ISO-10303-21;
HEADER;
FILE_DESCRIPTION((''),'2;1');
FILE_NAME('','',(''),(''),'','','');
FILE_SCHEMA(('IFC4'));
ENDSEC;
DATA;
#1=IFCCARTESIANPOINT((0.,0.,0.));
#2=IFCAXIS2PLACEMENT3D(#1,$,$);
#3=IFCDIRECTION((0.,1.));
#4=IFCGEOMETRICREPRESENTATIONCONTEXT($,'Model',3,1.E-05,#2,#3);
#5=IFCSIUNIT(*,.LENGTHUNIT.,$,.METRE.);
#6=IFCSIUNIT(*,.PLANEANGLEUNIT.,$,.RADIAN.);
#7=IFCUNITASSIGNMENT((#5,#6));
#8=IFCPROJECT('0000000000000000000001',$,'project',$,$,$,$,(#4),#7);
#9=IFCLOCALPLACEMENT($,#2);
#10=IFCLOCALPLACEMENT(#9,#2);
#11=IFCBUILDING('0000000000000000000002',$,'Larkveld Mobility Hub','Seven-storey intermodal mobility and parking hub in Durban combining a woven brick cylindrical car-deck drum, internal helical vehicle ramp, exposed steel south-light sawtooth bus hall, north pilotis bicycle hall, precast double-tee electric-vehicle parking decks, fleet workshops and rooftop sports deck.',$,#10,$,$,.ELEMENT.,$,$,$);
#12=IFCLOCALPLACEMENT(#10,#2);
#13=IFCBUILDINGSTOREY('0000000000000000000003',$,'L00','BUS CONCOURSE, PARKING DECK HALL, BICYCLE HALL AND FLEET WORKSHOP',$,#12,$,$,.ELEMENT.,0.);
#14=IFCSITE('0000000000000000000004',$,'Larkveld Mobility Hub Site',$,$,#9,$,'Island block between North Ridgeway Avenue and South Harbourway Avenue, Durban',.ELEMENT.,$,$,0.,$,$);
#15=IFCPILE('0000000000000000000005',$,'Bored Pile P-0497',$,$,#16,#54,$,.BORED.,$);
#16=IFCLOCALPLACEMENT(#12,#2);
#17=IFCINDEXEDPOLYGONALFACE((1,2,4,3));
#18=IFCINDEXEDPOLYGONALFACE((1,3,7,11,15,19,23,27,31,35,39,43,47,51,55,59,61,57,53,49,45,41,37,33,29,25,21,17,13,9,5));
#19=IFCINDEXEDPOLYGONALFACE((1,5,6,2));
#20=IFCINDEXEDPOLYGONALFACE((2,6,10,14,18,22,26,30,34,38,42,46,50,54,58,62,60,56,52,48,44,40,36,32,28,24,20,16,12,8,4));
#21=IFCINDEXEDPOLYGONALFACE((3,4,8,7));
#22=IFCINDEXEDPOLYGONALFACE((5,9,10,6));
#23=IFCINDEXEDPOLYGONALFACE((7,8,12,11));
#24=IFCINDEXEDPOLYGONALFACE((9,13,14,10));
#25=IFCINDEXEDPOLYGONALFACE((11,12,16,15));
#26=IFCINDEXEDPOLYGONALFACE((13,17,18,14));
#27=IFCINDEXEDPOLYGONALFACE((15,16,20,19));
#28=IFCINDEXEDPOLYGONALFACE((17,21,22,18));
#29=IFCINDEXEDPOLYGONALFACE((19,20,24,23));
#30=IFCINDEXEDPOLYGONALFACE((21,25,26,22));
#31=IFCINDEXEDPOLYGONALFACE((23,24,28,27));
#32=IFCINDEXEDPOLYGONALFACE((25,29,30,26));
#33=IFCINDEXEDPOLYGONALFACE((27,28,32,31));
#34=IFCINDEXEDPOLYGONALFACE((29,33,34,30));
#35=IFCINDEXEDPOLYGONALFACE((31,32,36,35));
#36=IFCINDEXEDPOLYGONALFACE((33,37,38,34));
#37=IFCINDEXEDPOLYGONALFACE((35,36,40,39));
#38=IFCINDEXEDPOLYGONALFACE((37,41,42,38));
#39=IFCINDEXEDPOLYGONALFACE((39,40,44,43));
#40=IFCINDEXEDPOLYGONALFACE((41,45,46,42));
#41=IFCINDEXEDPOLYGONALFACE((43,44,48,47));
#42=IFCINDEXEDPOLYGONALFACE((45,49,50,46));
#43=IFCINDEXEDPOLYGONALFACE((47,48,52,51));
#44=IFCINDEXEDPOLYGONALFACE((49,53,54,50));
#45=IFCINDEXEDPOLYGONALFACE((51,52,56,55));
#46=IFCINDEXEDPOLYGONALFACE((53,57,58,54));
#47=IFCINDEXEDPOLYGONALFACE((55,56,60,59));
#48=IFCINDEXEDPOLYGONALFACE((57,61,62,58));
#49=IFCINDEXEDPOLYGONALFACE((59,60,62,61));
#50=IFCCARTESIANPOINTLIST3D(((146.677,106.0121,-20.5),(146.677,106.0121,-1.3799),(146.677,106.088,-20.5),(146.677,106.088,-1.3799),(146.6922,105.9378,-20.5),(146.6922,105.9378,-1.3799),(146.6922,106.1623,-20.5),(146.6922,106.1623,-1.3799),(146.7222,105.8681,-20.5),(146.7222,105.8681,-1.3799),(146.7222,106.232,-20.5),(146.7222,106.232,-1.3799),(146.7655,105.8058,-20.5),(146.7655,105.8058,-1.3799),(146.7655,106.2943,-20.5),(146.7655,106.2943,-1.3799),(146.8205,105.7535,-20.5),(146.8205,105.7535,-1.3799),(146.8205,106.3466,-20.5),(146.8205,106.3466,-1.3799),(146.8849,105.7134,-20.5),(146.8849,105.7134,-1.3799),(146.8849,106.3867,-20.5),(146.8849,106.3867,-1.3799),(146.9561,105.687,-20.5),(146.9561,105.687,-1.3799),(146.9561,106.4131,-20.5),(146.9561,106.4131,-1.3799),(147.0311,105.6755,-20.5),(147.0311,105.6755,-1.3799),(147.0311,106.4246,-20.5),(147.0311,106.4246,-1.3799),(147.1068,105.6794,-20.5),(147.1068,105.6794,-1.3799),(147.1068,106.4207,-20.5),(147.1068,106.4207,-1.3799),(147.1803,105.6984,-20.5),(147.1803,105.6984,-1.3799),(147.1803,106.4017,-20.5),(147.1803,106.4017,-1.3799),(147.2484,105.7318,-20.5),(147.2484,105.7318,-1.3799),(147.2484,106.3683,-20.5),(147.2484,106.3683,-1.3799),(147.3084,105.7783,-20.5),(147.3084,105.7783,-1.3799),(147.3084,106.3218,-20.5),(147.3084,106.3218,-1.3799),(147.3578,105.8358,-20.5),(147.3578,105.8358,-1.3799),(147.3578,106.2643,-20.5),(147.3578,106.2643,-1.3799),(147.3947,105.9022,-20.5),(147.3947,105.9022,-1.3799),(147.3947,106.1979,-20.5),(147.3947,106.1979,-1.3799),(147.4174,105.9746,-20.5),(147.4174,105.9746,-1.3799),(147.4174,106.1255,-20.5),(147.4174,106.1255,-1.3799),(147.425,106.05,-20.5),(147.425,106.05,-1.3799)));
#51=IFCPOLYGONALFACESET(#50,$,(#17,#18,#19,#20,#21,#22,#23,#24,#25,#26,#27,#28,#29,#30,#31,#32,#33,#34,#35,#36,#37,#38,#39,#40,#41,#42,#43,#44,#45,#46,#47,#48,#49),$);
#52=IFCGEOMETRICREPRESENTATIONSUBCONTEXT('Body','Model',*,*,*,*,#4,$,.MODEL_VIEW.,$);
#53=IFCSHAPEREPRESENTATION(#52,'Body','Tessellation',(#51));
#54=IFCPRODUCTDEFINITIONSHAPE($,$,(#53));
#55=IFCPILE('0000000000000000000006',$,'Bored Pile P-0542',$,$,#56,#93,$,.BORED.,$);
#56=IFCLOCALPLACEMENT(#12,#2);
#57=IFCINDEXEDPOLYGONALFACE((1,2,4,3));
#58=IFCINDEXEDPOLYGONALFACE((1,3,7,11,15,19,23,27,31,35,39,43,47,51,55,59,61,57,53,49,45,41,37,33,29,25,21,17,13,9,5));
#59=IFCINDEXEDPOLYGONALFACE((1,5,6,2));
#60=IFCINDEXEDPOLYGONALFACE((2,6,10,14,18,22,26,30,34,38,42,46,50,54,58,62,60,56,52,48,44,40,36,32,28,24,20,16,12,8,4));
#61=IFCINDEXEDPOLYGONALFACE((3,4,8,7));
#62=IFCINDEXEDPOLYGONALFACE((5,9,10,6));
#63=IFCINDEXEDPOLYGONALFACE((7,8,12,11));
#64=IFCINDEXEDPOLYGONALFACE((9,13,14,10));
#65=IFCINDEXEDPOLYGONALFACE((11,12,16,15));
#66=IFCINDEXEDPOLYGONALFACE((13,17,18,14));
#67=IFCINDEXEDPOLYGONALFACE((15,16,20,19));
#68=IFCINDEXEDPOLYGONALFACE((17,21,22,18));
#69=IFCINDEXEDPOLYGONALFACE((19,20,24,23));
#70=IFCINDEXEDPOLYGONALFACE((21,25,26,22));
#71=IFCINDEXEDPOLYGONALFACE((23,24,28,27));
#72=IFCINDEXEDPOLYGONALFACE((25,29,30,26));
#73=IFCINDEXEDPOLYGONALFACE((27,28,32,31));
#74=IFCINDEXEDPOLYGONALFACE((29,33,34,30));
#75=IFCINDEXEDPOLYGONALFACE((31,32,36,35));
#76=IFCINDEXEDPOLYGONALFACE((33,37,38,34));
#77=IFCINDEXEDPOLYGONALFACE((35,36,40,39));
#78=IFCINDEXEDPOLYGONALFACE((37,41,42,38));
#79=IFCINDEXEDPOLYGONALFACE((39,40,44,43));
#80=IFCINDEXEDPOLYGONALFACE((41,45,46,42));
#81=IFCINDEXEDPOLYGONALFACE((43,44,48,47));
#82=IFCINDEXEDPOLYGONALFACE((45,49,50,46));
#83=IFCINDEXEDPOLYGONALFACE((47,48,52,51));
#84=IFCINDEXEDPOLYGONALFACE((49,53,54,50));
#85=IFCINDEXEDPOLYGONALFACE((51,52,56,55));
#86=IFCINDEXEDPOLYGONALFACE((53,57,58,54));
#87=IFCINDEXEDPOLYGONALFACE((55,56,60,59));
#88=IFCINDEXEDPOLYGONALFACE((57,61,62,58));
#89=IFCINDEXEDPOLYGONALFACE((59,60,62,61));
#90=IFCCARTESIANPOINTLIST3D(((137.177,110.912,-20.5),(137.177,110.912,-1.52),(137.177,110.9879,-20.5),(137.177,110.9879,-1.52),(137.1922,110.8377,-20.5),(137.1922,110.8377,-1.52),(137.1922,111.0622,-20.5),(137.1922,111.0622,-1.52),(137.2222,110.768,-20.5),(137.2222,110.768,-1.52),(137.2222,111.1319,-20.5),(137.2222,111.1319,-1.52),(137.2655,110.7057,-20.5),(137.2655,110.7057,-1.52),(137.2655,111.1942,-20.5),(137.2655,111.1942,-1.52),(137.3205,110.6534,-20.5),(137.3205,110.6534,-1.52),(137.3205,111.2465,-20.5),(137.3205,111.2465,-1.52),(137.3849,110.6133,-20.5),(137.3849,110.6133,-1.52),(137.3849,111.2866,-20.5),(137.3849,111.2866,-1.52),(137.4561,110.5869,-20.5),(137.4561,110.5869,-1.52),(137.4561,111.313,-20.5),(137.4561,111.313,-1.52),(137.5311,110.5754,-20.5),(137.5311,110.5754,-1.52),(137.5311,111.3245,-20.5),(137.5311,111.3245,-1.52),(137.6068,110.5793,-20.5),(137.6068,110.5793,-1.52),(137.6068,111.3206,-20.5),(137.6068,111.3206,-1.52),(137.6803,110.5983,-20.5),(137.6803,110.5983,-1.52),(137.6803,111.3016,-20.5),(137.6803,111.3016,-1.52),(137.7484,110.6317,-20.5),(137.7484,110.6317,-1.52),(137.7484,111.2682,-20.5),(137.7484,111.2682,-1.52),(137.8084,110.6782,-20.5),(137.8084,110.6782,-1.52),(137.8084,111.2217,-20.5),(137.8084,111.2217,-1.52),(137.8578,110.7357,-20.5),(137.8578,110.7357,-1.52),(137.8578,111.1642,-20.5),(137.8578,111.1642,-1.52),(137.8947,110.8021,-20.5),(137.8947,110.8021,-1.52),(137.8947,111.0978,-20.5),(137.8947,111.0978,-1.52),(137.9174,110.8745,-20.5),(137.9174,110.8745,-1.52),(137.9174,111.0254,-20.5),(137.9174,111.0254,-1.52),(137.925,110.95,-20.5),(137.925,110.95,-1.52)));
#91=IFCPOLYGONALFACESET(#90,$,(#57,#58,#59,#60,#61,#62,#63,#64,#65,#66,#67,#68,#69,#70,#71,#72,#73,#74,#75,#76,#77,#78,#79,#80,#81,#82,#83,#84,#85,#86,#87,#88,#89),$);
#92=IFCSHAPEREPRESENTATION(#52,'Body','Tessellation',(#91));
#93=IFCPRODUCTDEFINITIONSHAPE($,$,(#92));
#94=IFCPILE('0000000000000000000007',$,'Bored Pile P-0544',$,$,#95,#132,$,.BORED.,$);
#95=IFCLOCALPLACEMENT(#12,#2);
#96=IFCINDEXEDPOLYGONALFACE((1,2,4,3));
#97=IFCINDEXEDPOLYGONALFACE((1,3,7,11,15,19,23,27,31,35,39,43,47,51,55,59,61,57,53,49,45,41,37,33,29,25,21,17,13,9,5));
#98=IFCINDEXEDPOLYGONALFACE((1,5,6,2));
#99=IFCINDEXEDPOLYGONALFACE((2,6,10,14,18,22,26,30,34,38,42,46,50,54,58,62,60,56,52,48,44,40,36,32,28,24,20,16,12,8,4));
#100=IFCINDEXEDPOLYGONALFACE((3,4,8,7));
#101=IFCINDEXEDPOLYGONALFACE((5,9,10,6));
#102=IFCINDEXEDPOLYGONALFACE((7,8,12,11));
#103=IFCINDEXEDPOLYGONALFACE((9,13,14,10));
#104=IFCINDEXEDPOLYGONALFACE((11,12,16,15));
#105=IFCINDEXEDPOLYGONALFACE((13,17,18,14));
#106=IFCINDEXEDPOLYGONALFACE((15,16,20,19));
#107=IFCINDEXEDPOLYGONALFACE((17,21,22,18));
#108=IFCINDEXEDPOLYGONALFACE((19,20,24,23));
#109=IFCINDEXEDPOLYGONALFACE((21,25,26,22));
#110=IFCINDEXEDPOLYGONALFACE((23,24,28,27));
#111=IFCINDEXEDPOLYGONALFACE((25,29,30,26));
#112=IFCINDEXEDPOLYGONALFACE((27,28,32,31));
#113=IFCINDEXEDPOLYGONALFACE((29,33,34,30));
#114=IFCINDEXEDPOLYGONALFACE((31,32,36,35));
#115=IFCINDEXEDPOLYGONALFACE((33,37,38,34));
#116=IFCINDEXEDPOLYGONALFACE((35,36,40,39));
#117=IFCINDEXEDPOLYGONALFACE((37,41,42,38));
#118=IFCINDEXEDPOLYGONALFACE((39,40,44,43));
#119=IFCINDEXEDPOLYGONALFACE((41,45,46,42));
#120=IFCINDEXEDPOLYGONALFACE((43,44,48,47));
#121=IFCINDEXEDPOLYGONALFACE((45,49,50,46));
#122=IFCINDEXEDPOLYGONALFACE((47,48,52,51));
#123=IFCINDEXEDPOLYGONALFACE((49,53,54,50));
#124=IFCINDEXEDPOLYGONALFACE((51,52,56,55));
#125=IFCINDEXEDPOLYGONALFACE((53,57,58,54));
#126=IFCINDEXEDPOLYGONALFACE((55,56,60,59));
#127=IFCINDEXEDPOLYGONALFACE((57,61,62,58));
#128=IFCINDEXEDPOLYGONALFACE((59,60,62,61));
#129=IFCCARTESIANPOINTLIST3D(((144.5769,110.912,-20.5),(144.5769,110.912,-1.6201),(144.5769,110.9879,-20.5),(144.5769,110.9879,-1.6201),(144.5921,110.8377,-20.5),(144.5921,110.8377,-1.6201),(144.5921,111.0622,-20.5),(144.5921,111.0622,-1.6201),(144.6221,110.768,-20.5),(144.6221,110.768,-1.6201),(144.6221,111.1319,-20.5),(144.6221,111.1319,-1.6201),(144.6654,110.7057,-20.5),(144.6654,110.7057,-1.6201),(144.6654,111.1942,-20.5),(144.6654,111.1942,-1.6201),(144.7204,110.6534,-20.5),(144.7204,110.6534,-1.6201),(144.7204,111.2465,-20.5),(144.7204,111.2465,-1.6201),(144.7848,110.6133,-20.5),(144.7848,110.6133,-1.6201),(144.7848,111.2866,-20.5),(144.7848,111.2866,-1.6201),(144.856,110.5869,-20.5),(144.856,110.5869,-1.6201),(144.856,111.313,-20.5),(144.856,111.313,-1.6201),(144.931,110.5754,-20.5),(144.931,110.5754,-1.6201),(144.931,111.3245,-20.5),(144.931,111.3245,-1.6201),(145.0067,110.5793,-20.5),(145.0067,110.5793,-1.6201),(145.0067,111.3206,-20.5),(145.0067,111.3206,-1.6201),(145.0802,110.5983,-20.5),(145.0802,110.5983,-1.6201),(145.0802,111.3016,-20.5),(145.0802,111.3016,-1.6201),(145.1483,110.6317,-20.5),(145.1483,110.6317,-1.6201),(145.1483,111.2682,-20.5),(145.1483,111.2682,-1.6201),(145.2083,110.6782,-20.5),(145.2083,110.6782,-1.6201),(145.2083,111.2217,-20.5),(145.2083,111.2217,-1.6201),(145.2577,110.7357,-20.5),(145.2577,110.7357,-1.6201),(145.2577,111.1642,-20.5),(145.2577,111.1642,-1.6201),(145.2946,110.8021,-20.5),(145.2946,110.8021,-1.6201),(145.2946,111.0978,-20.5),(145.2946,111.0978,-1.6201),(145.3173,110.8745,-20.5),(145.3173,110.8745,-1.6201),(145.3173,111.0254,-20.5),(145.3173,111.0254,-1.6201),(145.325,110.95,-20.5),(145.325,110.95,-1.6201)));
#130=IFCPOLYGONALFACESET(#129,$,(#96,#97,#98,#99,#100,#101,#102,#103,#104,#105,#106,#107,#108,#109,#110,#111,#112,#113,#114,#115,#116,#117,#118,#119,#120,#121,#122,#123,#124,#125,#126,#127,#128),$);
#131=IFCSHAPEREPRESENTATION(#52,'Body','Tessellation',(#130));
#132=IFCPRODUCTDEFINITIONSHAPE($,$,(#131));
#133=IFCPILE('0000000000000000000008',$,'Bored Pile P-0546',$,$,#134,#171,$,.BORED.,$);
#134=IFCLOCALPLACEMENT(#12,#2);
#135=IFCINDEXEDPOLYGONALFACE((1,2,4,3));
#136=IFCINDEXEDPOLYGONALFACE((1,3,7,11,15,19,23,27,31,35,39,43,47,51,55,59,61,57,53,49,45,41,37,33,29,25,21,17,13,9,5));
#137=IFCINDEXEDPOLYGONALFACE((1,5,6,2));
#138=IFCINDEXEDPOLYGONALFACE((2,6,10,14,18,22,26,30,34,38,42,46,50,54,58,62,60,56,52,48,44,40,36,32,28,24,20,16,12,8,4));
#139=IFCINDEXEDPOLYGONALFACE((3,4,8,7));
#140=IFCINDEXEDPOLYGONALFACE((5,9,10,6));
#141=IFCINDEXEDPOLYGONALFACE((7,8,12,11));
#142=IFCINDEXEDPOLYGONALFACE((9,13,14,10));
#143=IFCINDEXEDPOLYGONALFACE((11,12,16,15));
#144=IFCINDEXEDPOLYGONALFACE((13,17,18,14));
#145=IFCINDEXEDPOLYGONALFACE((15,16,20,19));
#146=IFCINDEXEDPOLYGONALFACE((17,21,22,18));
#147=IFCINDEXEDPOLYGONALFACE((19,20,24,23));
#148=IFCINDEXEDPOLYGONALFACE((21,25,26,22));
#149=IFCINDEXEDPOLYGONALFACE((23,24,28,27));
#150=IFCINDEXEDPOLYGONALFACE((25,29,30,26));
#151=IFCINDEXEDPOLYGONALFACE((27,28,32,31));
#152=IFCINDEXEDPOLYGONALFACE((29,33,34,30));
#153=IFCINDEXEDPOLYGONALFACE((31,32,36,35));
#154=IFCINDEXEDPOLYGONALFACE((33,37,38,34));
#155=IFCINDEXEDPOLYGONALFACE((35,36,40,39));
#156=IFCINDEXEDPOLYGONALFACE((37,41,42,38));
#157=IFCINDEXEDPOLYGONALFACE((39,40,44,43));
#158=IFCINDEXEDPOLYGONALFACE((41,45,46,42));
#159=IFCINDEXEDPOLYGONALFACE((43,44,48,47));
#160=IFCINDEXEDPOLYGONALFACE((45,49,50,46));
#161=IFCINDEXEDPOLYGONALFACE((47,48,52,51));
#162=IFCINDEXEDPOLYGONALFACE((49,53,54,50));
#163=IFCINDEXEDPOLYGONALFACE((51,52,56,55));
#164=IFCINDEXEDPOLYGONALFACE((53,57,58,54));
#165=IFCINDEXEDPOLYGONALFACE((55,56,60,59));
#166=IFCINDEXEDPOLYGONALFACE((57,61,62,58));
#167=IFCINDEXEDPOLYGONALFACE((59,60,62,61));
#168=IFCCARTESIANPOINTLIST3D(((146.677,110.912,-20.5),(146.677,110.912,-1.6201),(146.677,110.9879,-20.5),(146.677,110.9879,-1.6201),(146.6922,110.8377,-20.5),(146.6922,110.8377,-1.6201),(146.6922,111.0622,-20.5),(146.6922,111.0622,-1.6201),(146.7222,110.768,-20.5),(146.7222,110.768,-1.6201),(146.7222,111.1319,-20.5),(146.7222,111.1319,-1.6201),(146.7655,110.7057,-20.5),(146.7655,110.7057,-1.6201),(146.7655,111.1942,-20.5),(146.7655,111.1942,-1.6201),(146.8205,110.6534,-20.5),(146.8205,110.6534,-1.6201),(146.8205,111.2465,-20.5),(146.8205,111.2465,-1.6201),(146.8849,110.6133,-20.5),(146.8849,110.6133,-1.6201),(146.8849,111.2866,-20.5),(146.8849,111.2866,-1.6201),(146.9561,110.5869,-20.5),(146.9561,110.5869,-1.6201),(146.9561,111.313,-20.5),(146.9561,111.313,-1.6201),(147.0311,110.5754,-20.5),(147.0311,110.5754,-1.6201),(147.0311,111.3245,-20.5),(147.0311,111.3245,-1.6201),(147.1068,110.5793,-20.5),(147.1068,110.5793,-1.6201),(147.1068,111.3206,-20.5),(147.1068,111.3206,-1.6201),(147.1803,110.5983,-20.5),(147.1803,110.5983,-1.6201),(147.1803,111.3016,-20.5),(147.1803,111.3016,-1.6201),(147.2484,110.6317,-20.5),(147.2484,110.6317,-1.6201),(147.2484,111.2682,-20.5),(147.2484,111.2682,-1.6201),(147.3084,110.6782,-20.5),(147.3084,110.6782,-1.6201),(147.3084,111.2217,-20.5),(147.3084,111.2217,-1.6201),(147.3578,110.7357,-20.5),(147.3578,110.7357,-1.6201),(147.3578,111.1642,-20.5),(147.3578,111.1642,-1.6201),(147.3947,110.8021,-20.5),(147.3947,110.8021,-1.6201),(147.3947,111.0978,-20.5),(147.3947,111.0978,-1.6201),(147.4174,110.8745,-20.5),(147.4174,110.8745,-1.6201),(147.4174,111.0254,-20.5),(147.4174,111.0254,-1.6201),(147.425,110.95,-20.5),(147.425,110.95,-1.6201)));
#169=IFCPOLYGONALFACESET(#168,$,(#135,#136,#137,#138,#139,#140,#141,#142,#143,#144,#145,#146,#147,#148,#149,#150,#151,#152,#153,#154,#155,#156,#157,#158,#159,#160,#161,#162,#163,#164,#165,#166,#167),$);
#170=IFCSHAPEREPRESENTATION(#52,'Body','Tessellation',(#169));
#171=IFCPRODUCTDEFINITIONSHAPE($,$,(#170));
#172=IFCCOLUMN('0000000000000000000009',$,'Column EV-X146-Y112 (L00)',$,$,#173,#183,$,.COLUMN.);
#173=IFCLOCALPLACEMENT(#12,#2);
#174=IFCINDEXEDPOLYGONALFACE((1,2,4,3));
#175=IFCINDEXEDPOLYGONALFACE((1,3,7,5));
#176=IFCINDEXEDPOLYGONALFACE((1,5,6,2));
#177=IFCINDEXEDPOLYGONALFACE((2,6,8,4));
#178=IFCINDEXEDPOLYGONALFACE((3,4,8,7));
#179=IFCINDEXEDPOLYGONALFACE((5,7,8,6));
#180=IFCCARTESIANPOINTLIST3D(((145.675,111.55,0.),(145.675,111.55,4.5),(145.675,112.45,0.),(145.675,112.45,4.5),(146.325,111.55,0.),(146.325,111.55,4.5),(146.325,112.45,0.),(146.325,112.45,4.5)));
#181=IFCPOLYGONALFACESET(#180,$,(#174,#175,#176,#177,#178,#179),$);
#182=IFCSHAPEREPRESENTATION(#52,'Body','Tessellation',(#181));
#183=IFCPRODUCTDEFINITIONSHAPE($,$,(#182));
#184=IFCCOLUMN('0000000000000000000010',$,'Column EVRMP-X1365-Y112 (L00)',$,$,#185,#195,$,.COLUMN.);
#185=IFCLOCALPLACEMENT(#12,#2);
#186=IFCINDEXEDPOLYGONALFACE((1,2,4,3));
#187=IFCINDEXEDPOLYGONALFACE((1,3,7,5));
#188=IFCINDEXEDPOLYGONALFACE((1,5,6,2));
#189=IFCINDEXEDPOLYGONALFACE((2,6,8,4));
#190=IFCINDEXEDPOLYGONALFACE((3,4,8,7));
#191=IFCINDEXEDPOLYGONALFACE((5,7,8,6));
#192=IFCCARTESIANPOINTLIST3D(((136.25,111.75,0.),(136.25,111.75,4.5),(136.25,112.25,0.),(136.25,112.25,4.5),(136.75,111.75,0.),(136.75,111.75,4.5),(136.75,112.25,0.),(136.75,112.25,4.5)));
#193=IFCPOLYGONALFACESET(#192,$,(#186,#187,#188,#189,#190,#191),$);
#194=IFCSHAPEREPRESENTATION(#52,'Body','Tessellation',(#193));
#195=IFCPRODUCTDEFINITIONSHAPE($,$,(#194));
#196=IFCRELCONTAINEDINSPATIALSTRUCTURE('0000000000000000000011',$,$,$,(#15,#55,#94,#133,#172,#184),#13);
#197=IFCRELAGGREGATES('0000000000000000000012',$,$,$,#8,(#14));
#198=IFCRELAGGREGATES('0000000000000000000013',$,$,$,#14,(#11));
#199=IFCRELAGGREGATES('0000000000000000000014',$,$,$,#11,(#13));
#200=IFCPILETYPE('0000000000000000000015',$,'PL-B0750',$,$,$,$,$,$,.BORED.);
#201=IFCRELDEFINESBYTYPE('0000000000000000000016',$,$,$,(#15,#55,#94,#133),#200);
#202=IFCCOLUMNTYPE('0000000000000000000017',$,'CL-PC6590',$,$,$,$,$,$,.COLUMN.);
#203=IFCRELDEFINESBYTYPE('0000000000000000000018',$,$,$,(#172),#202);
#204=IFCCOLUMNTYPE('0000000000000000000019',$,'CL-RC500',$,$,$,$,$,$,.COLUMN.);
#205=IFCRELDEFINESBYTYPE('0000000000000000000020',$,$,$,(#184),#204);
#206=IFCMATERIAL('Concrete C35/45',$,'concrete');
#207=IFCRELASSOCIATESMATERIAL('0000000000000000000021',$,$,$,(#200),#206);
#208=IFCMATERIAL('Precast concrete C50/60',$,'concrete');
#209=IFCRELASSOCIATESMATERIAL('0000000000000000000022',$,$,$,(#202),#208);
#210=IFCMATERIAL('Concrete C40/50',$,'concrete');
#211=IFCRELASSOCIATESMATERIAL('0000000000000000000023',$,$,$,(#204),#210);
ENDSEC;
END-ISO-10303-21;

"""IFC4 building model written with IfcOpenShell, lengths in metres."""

from ifc_helpers import new_model, si_unit, direction, frame, origin, origin_2d, place, context, subcontext, project, spatial, rectangle, circle, extrude, material, material_profile, profile_set, type_object, element, save


model = new_model("IFC4")

# Units and contexts
model_context = context("Model", 3, precision=1e-05, world=origin(), true_north=direction((0.0, 1.0)))
body_context = subcontext(model_context, "Body", "Model", "MODEL_VIEW")
ifc_project = project(units=[si_unit("LENGTHUNIT", "METRE"), si_unit("PLANEANGLEUNIT", "RADIAN")], contexts=[model_context])

# Site, building, storey
site_placement = place(None, origin())
site = spatial("IfcSite", under=ifc_project, at=site_placement, Name="Larkveld Mobility Hub Site", LongName="Island block between North Ridgeway Avenue and South Harbourway Avenue, Durban", CompositionType="ELEMENT", RefElevation=0.0)
building_placement = place(site_placement, origin())
building = spatial("IfcBuilding", under=site, at=building_placement, Name="Larkveld Mobility Hub", Description="Seven-storey intermodal mobility and parking hub in Durban combining a woven brick cylindrical car-deck drum, internal helical vehicle ramp, exposed steel south-light sawtooth bus hall, north pilotis bicycle hall, precast double-tee electric-vehicle parking decks, fleet workshops and rooftop sports deck.", CompositionType="ELEMENT")
storey_placement = place(building_placement, origin())
storey = spatial("IfcBuildingStorey", under=building, at=storey_placement, Name="L00", Description="BUS CONCOURSE, PARKING DECK HALL, BICYCLE HALL AND FLEET WORKSHOP", CompositionType="ELEMENT", Elevation=0.0)

# Shared definitions
ifc_material_1 = material(Name="Concrete C35/45", Category="concrete")

# Piles
ifc_material_profile_1 = material_profile(ifc_material_1, circle(Radius=0.375, at=origin_2d()), Name="PILE D750")
ifc_profile_set_1 = profile_set([ifc_material_profile_1], Name="Concrete C35/45")
pile_type = type_object("IfcPileType", Name="PL-B0750", PredefinedType="BORED", material=ifc_profile_set_1)
for number, where, z_axis, x_axis, name in (
    (1, (147.05, 106.05, -1.3799), (0.0, 0.0, -1.0), (1.0, 0.0, 0.0), "Bored Pile P-0497"),
):
    element("IfcPile", number, at=place(storey_placement, frame(where, z_axis=z_axis, x_axis=x_axis)), inside=storey, type_object=pile_type, Name=name, PredefinedType="BORED", context=body_context, shape_type="SweptSolid", body=[
        extrude(circle(Radius=0.375, at=origin_2d()), origin(), (0.0, 0.0, 1.0), 19.1201),
    ])
pile_1_placement = place(storey_placement, frame((137.55, 110.95, -1.52), z_axis=(0.0, 0.0, -1.0), x_axis=(1.0, 0.0, 0.0)))
element("IfcPile", 2, at=pile_1_placement, inside=storey, type_object=pile_type, Name="Bored Pile P-0542", PredefinedType="BORED", context=body_context, shape_type="SweptSolid", body=[
    extrude(circle(Radius=0.375, at=origin_2d()), origin(), (0.0, 0.0, 1.0), 18.98),
])
for number, where, z_axis, x_axis, name in (
    (3, (144.95, 110.95, -1.6201), (0.0, 0.0, -1.0), (1.0, 0.0, 0.0), "Bored Pile P-0544"),
    (4, (147.05, 110.95, -1.6201), (0.0, 0.0, -1.0), (1.0, 0.0, 0.0), "Bored Pile P-0546"),
):
    element("IfcPile", number, at=place(storey_placement, frame(where, z_axis=z_axis, x_axis=x_axis)), inside=storey, type_object=pile_type, Name=name, PredefinedType="BORED", context=body_context, shape_type="SweptSolid", body=[
        extrude(circle(Radius=0.375, at=origin_2d()), origin(), (0.0, 0.0, 1.0), 18.8799),
    ])

# Columns
ifc_material_2 = material(Name="Precast concrete C50/60", Category="concrete")
ifc_material_profile_2 = material_profile(ifc_material_2, rectangle(XDim=0.6499, YDim=0.8999, at=origin_2d()), Name="RC COL 650x900")
ifc_profile_set_2 = profile_set([ifc_material_profile_2], Name="Precast concrete C50/60")
column_type_1 = type_object("IfcColumnType", Name="CL-PC6590", PredefinedType="COLUMN", material=ifc_profile_set_2)
column_1_placement = place(storey_placement, frame((146.0, 112.0, 0.0), z_axis=(0.0, 0.0, 1.0), x_axis=(1.0, 0.0, 0.0)))
element("IfcColumn", 5, at=column_1_placement, inside=storey, type_object=column_type_1, Name="Column EV-X146-Y112 (L00)", PredefinedType="COLUMN", context=body_context, shape_type="SweptSolid", body=[
    extrude(rectangle(XDim=0.6499, YDim=0.8999, at=origin_2d()), origin(), (0.0, 0.0, 1.0), 4.5),
])
ifc_material_3 = material(Name="Concrete C40/50", Category="concrete")
ifc_material_profile_3 = material_profile(ifc_material_3, rectangle(XDim=0.5, YDim=0.5, at=origin_2d()), Name="RC COL 500x500")
ifc_profile_set_3 = profile_set([ifc_material_profile_3], Name="Concrete C40/50")
column_type_2 = type_object("IfcColumnType", Name="CL-RC500", PredefinedType="COLUMN", material=ifc_profile_set_3)
column_2_placement = place(storey_placement, frame((136.5, 112.0, 0.0), z_axis=(0.0, 0.0, 1.0), x_axis=(1.0, 0.0, 0.0)))
element("IfcColumn", 6, at=column_2_placement, inside=storey, type_object=column_type_2, Name="Column EVRMP-X1365-Y112 (L00)", PredefinedType="COLUMN", context=body_context, shape_type="SweptSolid", body=[
    extrude(rectangle(XDim=0.5, YDim=0.5, at=origin_2d()), origin(), (0.0, 0.0, 1.0), 4.5),
])

save(model, "model.ifc")
